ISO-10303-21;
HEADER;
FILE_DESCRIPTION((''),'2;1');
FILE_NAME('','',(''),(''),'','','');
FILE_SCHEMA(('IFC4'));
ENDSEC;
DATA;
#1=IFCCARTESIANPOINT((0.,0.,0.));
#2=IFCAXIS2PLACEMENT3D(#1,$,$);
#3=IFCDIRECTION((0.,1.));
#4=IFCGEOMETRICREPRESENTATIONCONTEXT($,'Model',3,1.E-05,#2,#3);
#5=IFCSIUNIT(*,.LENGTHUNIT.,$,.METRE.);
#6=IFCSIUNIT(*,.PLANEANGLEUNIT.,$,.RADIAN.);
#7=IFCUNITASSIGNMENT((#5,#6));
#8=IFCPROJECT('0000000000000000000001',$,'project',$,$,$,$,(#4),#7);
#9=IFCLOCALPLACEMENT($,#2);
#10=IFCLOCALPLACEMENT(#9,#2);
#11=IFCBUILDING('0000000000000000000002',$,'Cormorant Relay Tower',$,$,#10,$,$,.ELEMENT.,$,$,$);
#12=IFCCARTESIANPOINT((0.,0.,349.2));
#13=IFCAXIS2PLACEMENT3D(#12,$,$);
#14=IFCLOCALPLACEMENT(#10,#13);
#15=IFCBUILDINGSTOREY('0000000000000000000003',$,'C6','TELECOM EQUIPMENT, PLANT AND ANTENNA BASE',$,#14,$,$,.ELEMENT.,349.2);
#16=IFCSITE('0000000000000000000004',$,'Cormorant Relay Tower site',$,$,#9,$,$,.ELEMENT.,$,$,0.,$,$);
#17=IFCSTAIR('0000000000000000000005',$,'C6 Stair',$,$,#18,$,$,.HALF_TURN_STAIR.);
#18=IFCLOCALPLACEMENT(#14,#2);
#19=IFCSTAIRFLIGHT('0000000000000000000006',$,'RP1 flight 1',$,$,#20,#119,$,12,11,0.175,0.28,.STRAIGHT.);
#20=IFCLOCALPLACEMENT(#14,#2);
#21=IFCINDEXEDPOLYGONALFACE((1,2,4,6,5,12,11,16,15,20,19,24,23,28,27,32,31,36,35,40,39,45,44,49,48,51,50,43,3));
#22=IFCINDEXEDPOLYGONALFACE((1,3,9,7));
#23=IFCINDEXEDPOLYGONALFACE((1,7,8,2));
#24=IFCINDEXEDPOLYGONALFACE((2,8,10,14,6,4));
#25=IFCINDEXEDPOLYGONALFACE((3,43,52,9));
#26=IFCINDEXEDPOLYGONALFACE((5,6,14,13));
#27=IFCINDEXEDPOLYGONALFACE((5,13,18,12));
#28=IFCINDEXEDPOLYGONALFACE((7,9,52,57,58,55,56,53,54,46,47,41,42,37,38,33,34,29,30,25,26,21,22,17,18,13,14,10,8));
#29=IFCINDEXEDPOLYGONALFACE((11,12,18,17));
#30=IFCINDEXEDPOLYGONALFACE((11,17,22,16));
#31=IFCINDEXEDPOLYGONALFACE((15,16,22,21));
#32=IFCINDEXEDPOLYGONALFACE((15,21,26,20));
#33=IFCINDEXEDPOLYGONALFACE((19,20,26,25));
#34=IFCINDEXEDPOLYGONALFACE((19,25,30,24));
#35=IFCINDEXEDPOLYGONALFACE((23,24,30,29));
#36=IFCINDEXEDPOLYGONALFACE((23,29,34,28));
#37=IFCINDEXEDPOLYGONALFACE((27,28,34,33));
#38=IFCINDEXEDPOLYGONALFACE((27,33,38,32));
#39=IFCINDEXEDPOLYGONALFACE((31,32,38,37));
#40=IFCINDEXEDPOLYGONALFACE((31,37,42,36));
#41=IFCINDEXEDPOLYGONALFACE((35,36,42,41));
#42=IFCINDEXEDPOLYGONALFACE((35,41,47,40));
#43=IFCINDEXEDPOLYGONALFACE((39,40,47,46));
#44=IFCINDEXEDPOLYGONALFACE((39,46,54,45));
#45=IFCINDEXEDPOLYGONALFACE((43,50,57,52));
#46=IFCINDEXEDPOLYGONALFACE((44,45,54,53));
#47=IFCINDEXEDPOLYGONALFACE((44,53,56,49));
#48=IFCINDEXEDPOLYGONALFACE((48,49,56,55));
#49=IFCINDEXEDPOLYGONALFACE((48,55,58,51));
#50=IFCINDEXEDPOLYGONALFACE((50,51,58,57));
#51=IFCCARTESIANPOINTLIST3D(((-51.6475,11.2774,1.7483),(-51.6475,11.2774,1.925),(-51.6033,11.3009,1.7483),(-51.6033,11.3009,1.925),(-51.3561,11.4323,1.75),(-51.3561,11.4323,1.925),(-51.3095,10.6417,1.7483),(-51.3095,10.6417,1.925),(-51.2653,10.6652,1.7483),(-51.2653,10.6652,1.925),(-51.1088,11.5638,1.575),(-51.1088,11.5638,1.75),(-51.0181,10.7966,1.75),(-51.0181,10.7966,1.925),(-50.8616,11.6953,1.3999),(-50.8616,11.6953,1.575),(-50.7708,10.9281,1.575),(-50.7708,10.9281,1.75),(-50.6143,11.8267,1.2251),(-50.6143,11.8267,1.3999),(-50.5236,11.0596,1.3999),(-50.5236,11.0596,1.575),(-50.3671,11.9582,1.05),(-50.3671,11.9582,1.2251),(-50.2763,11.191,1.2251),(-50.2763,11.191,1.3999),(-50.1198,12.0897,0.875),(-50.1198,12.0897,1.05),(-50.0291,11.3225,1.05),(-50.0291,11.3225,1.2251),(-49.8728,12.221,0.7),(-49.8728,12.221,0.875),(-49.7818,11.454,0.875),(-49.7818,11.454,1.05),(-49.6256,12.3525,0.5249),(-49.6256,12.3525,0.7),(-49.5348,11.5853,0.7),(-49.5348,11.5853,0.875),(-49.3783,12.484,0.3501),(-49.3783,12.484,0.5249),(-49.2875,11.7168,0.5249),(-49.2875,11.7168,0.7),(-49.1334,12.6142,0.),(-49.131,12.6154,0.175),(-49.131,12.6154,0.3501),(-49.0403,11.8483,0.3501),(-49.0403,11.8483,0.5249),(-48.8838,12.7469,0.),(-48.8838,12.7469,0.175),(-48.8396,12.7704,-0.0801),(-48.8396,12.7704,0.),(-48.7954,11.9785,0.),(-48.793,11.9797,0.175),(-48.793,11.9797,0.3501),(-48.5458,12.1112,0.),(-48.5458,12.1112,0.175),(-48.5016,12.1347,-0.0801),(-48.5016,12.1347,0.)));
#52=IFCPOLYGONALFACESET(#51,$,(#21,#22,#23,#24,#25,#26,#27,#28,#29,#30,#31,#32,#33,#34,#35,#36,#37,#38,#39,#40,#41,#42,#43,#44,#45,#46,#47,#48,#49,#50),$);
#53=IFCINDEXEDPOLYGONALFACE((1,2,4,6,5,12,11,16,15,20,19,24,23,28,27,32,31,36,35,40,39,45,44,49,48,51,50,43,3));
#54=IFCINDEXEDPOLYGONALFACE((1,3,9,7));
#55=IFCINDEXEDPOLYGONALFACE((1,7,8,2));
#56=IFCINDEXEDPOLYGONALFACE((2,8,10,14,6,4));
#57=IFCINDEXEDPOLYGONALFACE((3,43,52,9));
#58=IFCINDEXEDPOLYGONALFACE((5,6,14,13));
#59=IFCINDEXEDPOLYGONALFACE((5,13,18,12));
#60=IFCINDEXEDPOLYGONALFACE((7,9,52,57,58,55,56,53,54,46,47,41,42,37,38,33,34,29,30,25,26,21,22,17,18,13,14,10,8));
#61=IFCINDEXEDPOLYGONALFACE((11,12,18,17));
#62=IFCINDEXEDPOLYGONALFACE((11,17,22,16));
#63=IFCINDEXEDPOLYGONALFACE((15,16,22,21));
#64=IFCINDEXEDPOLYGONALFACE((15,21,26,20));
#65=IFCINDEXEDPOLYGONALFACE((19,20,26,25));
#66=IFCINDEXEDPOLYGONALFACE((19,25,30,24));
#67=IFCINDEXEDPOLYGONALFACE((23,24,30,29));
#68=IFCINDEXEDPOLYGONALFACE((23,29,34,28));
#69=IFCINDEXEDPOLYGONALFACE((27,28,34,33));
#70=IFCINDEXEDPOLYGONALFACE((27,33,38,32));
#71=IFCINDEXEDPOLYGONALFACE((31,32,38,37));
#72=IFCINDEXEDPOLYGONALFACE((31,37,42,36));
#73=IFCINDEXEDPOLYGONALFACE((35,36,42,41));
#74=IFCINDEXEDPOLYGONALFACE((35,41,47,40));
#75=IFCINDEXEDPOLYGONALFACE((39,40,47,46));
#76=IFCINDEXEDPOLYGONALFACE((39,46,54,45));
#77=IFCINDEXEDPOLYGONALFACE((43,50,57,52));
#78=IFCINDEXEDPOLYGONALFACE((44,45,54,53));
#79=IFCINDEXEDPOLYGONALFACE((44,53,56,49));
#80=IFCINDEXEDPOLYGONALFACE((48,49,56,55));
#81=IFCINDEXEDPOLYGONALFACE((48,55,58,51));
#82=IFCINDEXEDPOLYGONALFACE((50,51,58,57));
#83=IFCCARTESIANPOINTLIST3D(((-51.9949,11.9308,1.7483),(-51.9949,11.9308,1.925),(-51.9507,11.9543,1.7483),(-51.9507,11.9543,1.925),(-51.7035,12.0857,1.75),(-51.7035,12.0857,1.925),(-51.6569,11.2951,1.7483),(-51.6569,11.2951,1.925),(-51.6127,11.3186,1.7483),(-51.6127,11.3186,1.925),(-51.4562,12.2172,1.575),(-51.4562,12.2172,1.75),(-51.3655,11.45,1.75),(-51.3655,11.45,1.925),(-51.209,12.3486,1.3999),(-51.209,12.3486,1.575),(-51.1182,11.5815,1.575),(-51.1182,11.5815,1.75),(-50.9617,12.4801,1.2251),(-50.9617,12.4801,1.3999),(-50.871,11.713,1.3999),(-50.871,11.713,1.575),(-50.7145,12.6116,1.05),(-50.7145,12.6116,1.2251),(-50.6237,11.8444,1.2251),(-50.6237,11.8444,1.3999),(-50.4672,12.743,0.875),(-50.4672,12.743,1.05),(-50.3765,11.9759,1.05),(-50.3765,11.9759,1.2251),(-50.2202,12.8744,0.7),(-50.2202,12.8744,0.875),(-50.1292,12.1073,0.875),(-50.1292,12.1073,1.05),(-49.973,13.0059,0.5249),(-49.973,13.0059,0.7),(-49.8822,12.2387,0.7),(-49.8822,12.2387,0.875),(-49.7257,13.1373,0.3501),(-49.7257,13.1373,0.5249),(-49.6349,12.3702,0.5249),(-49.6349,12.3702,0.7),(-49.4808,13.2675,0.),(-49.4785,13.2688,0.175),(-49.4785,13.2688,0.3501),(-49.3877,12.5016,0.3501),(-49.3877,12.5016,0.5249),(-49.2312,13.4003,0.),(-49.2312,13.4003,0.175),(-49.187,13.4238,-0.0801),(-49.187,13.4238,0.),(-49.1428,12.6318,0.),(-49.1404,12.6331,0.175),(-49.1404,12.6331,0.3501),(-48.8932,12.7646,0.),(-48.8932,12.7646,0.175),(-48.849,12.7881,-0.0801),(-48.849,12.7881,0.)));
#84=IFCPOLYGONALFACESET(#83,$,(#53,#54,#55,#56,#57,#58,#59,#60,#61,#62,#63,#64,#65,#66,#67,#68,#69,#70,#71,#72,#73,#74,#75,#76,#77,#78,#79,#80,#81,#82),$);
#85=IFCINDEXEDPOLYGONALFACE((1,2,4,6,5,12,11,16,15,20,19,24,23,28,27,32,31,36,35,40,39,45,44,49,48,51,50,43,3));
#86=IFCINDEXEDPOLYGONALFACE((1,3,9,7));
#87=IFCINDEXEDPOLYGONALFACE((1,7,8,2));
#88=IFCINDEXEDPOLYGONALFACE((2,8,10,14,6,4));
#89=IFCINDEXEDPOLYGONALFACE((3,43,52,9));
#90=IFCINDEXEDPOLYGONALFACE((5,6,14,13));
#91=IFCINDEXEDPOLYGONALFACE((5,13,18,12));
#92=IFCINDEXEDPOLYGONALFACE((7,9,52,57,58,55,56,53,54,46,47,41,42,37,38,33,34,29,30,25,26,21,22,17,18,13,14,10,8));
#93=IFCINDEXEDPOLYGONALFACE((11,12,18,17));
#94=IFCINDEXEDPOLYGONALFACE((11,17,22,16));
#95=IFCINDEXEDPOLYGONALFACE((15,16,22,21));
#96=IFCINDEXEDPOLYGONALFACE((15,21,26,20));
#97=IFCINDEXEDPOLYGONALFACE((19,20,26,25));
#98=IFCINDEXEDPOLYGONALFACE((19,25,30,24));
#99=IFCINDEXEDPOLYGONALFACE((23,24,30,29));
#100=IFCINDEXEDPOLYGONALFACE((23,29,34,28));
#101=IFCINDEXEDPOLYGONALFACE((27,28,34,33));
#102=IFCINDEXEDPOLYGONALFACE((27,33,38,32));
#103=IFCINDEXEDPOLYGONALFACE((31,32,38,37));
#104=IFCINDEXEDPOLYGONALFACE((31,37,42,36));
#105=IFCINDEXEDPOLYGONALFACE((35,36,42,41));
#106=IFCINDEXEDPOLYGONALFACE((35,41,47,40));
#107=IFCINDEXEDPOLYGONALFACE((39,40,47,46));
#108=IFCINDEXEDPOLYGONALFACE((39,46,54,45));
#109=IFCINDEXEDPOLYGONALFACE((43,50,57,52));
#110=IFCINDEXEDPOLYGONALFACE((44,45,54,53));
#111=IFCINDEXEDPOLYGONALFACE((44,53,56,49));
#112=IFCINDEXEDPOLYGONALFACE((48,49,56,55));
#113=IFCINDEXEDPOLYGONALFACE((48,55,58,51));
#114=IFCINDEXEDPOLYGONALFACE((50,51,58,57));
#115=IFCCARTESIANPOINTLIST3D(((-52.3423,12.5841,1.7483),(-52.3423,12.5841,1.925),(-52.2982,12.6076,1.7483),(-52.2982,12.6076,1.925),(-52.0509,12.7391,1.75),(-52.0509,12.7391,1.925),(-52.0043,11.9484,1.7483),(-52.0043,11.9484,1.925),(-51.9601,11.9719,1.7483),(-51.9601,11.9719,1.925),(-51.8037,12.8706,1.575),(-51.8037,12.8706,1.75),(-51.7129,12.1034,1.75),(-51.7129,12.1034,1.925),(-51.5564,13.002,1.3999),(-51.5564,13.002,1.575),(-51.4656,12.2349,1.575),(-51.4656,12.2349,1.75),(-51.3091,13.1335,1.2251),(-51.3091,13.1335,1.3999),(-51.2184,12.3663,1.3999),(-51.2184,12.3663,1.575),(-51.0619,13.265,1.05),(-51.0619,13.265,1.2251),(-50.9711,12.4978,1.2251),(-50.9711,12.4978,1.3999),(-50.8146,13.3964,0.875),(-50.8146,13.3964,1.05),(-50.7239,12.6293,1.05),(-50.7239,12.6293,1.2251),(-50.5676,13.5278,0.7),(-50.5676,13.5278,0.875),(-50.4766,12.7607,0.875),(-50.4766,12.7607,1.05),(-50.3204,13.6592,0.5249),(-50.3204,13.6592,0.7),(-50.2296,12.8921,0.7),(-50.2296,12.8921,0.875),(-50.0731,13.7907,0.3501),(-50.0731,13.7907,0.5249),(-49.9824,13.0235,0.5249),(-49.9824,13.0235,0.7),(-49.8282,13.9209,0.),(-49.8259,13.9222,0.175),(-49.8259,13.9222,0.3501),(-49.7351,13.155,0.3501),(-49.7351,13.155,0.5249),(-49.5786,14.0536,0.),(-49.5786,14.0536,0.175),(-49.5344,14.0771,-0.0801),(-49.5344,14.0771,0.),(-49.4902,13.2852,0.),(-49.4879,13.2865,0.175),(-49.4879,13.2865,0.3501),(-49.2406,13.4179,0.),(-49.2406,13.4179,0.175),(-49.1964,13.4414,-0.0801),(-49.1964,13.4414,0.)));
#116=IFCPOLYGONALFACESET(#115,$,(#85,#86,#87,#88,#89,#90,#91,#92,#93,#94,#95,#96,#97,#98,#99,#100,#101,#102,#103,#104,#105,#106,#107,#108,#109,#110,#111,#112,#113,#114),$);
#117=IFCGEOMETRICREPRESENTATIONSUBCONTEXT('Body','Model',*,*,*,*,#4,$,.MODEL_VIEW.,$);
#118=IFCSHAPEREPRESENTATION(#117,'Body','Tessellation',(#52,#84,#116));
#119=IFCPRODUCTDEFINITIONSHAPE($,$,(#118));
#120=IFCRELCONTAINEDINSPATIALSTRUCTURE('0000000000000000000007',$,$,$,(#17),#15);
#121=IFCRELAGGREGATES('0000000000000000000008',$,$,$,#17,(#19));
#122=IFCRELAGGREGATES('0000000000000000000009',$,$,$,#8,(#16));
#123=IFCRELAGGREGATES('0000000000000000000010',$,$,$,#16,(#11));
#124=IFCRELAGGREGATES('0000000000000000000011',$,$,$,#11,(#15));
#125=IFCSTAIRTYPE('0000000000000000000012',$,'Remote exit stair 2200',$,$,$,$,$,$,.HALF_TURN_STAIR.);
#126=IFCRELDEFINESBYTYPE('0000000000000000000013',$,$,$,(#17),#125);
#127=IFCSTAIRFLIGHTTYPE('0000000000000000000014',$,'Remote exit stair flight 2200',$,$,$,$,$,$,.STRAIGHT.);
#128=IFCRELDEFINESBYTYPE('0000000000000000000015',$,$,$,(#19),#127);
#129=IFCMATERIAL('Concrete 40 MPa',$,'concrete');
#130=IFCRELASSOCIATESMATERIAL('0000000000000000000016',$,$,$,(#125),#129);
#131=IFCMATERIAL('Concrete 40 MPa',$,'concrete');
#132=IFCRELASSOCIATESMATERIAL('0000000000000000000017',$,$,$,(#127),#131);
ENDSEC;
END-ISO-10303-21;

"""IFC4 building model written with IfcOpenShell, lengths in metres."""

from ifc_helpers import new_model, si_unit, direction, frame, origin, place, context, subcontext, project, spatial, polyline, outline, extrude, material, type_object, element, aggregate, save


model = new_model("IFC4")

# Units and contexts
model_context = context("Model", 3, precision=1e-05, world=origin(), true_north=direction((0.0, 1.0)))
body_context = subcontext(model_context, "Body", "Model", "MODEL_VIEW")
ifc_project = project(units=[si_unit("LENGTHUNIT", "METRE"), si_unit("PLANEANGLEUNIT", "RADIAN")], contexts=[model_context])

# Site, building, storey
site_placement = place(None, origin())
site = spatial("IfcSite", under=ifc_project, at=site_placement, Name="Cormorant Relay Tower site", CompositionType="ELEMENT", RefElevation=0.0)
building_placement = place(site_placement, origin())
building = spatial("IfcBuilding", under=site, at=building_placement, Name="Cormorant Relay Tower", CompositionType="ELEMENT")
storey_placement = place(building_placement, frame((0.0, 0.0, 349.2)))
storey = spatial("IfcBuildingStorey", under=building, at=storey_placement, Name="C6", Description="TELECOM EQUIPMENT, PLANT AND ANTENNA BASE", CompositionType="ELEMENT", Elevation=349.2)

# Stair, stair flight
ifc_material_1 = material(Name="Concrete 40 MPa", Category="concrete")
stair_type_1 = type_object("IfcStairType", Name="Remote exit stair 2200", PredefinedType="HALF_TURN_STAIR", material=ifc_material_1)
stair_1_placement = place(storey_placement, origin())
stair_1 = element("IfcStair", 1, at=stair_1_placement, inside=storey, type_object=stair_type_1, Name="C6 Stair", PredefinedType="HALF_TURN_STAIR")
ifc_material_2 = material(Name="Concrete 40 MPa", Category="concrete")
stair_flight_type_1 = type_object("IfcStairFlightType", Name="Remote exit stair flight 2200", PredefinedType="STRAIGHT", material=ifc_material_2)
stair_flight_1_placement = place(storey_placement, frame((-49.0623, 13.0825, 0.0), z_axis=(0.0, 0.0, 1.0), x_axis=(-0.882948, -0.469472, 0.0)))
stair_flight_1 = element("IfcStairFlight", 2, at=stair_flight_1_placement, type_object=stair_flight_type_1, Name="RP1 flight 1", NumberOfRisers=12, NumberOfTreads=11, PredefinedType="STRAIGHT", RiserHeight=0.175, TreadLength=0.28, context=body_context, shape_type="SweptSolid", body=[
    extrude(outline(polyline([(-0.05, -0.0801), (-0.05, 0.0), (0.0, 0.0), (0.0, 0.175), (0.28, 0.175), (0.28, 0.3501), (0.5601, 0.3501), (0.5601, 0.5249), (0.8401, 0.5249), (0.8401, 0.7), (1.1201, 0.7), (1.1201, 0.875), (1.3999, 0.875), (1.3999, 1.05), (1.6799, 1.05), (1.6799, 1.2251), (1.96, 1.2251), (1.96, 1.3999), (2.24, 1.3999), (2.24, 1.575), (2.52, 1.575), (2.52, 1.75), (2.8, 1.75), (2.8, 1.925), (3.0801, 1.925), (3.1301, 1.925), (3.1301, 1.7483), (3.0801, 1.7483), (0.2827, 0.0), (-0.05, -0.0801)])), frame((0.0, 1.1001, 0.0), z_axis=(0.0, -1.0, 0.0), x_axis=(1.0, 0.0, 0.0)), (0.0, 0.0, 1.0), 0.72),
    extrude(outline(polyline([(-0.05, -0.0801), (-0.05, 0.0), (0.0, 0.0), (0.0, 0.175), (0.28, 0.175), (0.28, 0.3501), (0.5601, 0.3501), (0.5601, 0.5249), (0.8401, 0.5249), (0.8401, 0.7), (1.1201, 0.7), (1.1201, 0.875), (1.3999, 0.875), (1.3999, 1.05), (1.6799, 1.05), (1.6799, 1.2251), (1.96, 1.2251), (1.96, 1.3999), (2.24, 1.3999), (2.24, 1.575), (2.52, 1.575), (2.52, 1.75), (2.8, 1.75), (2.8, 1.925), (3.0801, 1.925), (3.1301, 1.925), (3.1301, 1.7483), (3.0801, 1.7483), (0.2827, 0.0), (-0.05, -0.0801)])), frame((0.0, 0.3601, 0.0), z_axis=(0.0, -1.0, 0.0), x_axis=(1.0, 0.0, 0.0)), (0.0, 0.0, 1.0), 0.72),
    extrude(outline(polyline([(-0.05, -0.0801), (-0.05, 0.0), (0.0, 0.0), (0.0, 0.175), (0.28, 0.175), (0.28, 0.3501), (0.5601, 0.3501), (0.5601, 0.5249), (0.8401, 0.5249), (0.8401, 0.7), (1.1201, 0.7), (1.1201, 0.875), (1.3999, 0.875), (1.3999, 1.05), (1.6799, 1.05), (1.6799, 1.2251), (1.96, 1.2251), (1.96, 1.3999), (2.24, 1.3999), (2.24, 1.575), (2.52, 1.575), (2.52, 1.75), (2.8, 1.75), (2.8, 1.925), (3.0801, 1.925), (3.1301, 1.925), (3.1301, 1.7483), (3.0801, 1.7483), (0.2827, 0.0), (-0.05, -0.0801)])), frame((0.0, -0.3799, 0.0), z_axis=(0.0, -1.0, 0.0), x_axis=(1.0, 0.0, 0.0)), (0.0, 0.0, 1.0), 0.72),
])
aggregate(stair_1, [stair_flight_1])

save(model, "model.ifc")
